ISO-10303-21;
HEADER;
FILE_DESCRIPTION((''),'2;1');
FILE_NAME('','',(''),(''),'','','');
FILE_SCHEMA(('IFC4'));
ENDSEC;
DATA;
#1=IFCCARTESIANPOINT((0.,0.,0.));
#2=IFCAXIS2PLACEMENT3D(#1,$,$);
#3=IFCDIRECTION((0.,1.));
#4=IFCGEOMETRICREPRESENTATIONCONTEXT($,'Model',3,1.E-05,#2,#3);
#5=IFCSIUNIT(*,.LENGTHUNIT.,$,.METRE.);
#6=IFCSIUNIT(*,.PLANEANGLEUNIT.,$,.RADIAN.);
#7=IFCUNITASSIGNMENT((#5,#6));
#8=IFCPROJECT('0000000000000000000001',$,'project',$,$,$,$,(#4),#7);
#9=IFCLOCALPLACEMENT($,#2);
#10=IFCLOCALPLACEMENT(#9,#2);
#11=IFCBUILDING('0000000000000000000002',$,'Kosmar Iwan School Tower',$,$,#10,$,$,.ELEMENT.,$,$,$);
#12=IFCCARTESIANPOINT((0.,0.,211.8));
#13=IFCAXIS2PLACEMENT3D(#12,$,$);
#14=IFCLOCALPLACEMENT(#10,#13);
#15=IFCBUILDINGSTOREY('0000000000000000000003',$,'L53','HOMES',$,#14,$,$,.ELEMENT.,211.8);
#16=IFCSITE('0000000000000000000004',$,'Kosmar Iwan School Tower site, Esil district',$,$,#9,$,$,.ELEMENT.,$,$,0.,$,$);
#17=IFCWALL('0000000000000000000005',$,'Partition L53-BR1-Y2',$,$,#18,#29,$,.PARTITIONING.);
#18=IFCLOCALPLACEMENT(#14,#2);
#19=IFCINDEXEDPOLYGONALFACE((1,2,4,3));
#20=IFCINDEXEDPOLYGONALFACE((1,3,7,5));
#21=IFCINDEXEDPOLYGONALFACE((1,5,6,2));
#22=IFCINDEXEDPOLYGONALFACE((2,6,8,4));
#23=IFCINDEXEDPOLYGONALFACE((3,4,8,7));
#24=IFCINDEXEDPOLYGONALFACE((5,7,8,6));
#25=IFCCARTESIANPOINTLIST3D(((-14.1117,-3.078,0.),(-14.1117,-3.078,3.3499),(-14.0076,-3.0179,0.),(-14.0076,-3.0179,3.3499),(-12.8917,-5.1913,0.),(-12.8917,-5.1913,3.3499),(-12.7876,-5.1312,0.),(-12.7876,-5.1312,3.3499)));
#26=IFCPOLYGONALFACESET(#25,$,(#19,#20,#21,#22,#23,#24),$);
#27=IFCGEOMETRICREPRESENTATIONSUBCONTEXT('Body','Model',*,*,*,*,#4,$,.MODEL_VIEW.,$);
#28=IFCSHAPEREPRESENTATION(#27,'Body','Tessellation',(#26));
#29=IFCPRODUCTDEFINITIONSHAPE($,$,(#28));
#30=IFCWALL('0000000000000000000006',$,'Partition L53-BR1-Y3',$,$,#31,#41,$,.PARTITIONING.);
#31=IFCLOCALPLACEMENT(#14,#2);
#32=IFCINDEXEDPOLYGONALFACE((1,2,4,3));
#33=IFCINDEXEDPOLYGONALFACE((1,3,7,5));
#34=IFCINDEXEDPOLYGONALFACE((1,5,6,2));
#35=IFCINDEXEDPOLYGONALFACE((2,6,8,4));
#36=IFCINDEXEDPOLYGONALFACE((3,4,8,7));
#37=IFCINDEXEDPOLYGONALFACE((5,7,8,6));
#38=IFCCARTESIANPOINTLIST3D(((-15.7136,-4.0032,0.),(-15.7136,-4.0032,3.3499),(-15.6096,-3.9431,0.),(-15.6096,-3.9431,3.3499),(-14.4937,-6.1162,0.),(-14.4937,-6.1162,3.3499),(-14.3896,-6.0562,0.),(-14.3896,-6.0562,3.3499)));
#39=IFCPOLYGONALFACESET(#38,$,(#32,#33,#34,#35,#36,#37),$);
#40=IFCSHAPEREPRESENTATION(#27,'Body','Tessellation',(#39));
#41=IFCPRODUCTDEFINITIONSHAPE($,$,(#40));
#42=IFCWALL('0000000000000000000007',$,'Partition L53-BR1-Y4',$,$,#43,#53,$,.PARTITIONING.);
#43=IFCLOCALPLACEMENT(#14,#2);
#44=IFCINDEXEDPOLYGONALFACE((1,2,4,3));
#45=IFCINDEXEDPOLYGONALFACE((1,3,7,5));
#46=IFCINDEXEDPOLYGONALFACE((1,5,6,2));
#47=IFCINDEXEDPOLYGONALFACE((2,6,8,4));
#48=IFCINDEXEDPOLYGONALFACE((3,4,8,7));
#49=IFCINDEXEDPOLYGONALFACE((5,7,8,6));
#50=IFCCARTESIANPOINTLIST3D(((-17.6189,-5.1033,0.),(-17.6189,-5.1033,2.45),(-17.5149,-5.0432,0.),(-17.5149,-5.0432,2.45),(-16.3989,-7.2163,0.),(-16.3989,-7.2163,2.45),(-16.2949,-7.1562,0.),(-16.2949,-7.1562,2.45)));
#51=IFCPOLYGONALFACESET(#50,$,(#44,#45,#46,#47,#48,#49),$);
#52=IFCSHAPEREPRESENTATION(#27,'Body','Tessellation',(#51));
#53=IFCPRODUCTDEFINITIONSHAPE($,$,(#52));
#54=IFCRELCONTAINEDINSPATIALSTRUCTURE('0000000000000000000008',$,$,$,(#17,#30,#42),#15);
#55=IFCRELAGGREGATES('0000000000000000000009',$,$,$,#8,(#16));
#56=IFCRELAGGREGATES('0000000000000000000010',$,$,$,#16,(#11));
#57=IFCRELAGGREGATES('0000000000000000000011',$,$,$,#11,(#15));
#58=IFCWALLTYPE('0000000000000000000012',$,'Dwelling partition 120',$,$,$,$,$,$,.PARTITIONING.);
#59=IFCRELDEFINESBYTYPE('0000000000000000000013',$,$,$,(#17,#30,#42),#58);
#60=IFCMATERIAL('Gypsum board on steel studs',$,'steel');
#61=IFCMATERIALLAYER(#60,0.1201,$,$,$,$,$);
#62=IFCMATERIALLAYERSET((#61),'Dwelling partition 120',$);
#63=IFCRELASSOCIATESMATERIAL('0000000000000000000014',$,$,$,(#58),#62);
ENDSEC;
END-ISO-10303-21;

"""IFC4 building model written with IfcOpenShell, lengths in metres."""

from ifc_helpers import new_model, si_unit, direction, frame, frame_2d, origin, place, context, subcontext, project, spatial, rectangle, extrude, material, layer, layer_set, type_object, element, save


model = new_model("IFC4")

# Units and contexts
model_context = context("Model", 3, precision=1e-05, world=origin(), true_north=direction((0.0, 1.0)))
body_context = subcontext(model_context, "Body", "Model", "MODEL_VIEW")
ifc_project = project(units=[si_unit("LENGTHUNIT", "METRE"), si_unit("PLANEANGLEUNIT", "RADIAN")], contexts=[model_context])

# Site, building, storey
site_placement = place(None, origin())
site = spatial("IfcSite", under=ifc_project, at=site_placement, Name="Kosmar Iwan School Tower site, Esil district", CompositionType="ELEMENT", RefElevation=0.0)
building_placement = place(site_placement, origin())
building = spatial("IfcBuilding", under=site, at=building_placement, Name="Kosmar Iwan School Tower", CompositionType="ELEMENT")
storey_placement = place(building_placement, frame((0.0, 0.0, 211.8)))
storey = spatial("IfcBuildingStorey", under=building, at=storey_placement, Name="L53", Description="HOMES", CompositionType="ELEMENT", Elevation=211.8)

# Shared definitions
ifc_material_1 = material(Name="Gypsum board on steel studs", Category="steel")
ifc_layer_1 = layer(ifc_material_1, 0.1201)
ifc_layer_set_1 = layer_set([ifc_layer_1], Name="Dwelling partition 120")
wall_type_1 = type_object("IfcWallType", Name="Dwelling partition 120", PredefinedType="PARTITIONING", material=ifc_layer_set_1)

# Walls
wall_1_placement = place(storey_placement, frame((-12.8396, -5.1614, 0.0), z_axis=(0.0, 0.0, 1.0), x_axis=(-0.499959, 0.866049, 0.0)))
element("IfcWall", 1, at=wall_1_placement, inside=storey, type_object=wall_type_1, Name="Partition L53-BR1-Y2", PredefinedType="PARTITIONING", context=body_context, shape_type="SweptSolid", body=[
    extrude(rectangle(XDim=2.4402, YDim=0.1201, at=frame_2d((1.2202, 0.0))), origin(), (0.0, 0.0, 1.0), 3.3499),
])
wall_2_placement = place(storey_placement, frame((-14.4417, -6.0862, 0.0), z_axis=(0.0, 0.0, 1.0), x_axis=(-0.500003, 0.866024, 0.0)))
element("IfcWall", 2, at=wall_2_placement, inside=storey, type_object=wall_type_1, Name="Partition L53-BR1-Y3", PredefinedType="PARTITIONING", context=body_context, shape_type="SweptSolid", body=[
    extrude(rectangle(XDim=2.4399, YDim=0.1201, at=frame_2d((1.22, 0.0))), origin(), (0.0, 0.0, 1.0), 3.3499),
])
wall_3_placement = place(storey_placement, frame((-16.3469, -7.1863, 0.0), z_axis=(0.0, 0.0, 1.0), x_axis=(-0.500003, 0.866024, 0.0)))
element("IfcWall", 3, at=wall_3_placement, inside=storey, type_object=wall_type_1, Name="Partition L53-BR1-Y4", PredefinedType="PARTITIONING", context=body_context, shape_type="SweptSolid", body=[
    extrude(rectangle(XDim=2.4399, YDim=0.1201, at=frame_2d((1.22, 0.0))), origin(), (0.0, 0.0, 1.0), 2.45),
])

save(model, "model.ifc")
